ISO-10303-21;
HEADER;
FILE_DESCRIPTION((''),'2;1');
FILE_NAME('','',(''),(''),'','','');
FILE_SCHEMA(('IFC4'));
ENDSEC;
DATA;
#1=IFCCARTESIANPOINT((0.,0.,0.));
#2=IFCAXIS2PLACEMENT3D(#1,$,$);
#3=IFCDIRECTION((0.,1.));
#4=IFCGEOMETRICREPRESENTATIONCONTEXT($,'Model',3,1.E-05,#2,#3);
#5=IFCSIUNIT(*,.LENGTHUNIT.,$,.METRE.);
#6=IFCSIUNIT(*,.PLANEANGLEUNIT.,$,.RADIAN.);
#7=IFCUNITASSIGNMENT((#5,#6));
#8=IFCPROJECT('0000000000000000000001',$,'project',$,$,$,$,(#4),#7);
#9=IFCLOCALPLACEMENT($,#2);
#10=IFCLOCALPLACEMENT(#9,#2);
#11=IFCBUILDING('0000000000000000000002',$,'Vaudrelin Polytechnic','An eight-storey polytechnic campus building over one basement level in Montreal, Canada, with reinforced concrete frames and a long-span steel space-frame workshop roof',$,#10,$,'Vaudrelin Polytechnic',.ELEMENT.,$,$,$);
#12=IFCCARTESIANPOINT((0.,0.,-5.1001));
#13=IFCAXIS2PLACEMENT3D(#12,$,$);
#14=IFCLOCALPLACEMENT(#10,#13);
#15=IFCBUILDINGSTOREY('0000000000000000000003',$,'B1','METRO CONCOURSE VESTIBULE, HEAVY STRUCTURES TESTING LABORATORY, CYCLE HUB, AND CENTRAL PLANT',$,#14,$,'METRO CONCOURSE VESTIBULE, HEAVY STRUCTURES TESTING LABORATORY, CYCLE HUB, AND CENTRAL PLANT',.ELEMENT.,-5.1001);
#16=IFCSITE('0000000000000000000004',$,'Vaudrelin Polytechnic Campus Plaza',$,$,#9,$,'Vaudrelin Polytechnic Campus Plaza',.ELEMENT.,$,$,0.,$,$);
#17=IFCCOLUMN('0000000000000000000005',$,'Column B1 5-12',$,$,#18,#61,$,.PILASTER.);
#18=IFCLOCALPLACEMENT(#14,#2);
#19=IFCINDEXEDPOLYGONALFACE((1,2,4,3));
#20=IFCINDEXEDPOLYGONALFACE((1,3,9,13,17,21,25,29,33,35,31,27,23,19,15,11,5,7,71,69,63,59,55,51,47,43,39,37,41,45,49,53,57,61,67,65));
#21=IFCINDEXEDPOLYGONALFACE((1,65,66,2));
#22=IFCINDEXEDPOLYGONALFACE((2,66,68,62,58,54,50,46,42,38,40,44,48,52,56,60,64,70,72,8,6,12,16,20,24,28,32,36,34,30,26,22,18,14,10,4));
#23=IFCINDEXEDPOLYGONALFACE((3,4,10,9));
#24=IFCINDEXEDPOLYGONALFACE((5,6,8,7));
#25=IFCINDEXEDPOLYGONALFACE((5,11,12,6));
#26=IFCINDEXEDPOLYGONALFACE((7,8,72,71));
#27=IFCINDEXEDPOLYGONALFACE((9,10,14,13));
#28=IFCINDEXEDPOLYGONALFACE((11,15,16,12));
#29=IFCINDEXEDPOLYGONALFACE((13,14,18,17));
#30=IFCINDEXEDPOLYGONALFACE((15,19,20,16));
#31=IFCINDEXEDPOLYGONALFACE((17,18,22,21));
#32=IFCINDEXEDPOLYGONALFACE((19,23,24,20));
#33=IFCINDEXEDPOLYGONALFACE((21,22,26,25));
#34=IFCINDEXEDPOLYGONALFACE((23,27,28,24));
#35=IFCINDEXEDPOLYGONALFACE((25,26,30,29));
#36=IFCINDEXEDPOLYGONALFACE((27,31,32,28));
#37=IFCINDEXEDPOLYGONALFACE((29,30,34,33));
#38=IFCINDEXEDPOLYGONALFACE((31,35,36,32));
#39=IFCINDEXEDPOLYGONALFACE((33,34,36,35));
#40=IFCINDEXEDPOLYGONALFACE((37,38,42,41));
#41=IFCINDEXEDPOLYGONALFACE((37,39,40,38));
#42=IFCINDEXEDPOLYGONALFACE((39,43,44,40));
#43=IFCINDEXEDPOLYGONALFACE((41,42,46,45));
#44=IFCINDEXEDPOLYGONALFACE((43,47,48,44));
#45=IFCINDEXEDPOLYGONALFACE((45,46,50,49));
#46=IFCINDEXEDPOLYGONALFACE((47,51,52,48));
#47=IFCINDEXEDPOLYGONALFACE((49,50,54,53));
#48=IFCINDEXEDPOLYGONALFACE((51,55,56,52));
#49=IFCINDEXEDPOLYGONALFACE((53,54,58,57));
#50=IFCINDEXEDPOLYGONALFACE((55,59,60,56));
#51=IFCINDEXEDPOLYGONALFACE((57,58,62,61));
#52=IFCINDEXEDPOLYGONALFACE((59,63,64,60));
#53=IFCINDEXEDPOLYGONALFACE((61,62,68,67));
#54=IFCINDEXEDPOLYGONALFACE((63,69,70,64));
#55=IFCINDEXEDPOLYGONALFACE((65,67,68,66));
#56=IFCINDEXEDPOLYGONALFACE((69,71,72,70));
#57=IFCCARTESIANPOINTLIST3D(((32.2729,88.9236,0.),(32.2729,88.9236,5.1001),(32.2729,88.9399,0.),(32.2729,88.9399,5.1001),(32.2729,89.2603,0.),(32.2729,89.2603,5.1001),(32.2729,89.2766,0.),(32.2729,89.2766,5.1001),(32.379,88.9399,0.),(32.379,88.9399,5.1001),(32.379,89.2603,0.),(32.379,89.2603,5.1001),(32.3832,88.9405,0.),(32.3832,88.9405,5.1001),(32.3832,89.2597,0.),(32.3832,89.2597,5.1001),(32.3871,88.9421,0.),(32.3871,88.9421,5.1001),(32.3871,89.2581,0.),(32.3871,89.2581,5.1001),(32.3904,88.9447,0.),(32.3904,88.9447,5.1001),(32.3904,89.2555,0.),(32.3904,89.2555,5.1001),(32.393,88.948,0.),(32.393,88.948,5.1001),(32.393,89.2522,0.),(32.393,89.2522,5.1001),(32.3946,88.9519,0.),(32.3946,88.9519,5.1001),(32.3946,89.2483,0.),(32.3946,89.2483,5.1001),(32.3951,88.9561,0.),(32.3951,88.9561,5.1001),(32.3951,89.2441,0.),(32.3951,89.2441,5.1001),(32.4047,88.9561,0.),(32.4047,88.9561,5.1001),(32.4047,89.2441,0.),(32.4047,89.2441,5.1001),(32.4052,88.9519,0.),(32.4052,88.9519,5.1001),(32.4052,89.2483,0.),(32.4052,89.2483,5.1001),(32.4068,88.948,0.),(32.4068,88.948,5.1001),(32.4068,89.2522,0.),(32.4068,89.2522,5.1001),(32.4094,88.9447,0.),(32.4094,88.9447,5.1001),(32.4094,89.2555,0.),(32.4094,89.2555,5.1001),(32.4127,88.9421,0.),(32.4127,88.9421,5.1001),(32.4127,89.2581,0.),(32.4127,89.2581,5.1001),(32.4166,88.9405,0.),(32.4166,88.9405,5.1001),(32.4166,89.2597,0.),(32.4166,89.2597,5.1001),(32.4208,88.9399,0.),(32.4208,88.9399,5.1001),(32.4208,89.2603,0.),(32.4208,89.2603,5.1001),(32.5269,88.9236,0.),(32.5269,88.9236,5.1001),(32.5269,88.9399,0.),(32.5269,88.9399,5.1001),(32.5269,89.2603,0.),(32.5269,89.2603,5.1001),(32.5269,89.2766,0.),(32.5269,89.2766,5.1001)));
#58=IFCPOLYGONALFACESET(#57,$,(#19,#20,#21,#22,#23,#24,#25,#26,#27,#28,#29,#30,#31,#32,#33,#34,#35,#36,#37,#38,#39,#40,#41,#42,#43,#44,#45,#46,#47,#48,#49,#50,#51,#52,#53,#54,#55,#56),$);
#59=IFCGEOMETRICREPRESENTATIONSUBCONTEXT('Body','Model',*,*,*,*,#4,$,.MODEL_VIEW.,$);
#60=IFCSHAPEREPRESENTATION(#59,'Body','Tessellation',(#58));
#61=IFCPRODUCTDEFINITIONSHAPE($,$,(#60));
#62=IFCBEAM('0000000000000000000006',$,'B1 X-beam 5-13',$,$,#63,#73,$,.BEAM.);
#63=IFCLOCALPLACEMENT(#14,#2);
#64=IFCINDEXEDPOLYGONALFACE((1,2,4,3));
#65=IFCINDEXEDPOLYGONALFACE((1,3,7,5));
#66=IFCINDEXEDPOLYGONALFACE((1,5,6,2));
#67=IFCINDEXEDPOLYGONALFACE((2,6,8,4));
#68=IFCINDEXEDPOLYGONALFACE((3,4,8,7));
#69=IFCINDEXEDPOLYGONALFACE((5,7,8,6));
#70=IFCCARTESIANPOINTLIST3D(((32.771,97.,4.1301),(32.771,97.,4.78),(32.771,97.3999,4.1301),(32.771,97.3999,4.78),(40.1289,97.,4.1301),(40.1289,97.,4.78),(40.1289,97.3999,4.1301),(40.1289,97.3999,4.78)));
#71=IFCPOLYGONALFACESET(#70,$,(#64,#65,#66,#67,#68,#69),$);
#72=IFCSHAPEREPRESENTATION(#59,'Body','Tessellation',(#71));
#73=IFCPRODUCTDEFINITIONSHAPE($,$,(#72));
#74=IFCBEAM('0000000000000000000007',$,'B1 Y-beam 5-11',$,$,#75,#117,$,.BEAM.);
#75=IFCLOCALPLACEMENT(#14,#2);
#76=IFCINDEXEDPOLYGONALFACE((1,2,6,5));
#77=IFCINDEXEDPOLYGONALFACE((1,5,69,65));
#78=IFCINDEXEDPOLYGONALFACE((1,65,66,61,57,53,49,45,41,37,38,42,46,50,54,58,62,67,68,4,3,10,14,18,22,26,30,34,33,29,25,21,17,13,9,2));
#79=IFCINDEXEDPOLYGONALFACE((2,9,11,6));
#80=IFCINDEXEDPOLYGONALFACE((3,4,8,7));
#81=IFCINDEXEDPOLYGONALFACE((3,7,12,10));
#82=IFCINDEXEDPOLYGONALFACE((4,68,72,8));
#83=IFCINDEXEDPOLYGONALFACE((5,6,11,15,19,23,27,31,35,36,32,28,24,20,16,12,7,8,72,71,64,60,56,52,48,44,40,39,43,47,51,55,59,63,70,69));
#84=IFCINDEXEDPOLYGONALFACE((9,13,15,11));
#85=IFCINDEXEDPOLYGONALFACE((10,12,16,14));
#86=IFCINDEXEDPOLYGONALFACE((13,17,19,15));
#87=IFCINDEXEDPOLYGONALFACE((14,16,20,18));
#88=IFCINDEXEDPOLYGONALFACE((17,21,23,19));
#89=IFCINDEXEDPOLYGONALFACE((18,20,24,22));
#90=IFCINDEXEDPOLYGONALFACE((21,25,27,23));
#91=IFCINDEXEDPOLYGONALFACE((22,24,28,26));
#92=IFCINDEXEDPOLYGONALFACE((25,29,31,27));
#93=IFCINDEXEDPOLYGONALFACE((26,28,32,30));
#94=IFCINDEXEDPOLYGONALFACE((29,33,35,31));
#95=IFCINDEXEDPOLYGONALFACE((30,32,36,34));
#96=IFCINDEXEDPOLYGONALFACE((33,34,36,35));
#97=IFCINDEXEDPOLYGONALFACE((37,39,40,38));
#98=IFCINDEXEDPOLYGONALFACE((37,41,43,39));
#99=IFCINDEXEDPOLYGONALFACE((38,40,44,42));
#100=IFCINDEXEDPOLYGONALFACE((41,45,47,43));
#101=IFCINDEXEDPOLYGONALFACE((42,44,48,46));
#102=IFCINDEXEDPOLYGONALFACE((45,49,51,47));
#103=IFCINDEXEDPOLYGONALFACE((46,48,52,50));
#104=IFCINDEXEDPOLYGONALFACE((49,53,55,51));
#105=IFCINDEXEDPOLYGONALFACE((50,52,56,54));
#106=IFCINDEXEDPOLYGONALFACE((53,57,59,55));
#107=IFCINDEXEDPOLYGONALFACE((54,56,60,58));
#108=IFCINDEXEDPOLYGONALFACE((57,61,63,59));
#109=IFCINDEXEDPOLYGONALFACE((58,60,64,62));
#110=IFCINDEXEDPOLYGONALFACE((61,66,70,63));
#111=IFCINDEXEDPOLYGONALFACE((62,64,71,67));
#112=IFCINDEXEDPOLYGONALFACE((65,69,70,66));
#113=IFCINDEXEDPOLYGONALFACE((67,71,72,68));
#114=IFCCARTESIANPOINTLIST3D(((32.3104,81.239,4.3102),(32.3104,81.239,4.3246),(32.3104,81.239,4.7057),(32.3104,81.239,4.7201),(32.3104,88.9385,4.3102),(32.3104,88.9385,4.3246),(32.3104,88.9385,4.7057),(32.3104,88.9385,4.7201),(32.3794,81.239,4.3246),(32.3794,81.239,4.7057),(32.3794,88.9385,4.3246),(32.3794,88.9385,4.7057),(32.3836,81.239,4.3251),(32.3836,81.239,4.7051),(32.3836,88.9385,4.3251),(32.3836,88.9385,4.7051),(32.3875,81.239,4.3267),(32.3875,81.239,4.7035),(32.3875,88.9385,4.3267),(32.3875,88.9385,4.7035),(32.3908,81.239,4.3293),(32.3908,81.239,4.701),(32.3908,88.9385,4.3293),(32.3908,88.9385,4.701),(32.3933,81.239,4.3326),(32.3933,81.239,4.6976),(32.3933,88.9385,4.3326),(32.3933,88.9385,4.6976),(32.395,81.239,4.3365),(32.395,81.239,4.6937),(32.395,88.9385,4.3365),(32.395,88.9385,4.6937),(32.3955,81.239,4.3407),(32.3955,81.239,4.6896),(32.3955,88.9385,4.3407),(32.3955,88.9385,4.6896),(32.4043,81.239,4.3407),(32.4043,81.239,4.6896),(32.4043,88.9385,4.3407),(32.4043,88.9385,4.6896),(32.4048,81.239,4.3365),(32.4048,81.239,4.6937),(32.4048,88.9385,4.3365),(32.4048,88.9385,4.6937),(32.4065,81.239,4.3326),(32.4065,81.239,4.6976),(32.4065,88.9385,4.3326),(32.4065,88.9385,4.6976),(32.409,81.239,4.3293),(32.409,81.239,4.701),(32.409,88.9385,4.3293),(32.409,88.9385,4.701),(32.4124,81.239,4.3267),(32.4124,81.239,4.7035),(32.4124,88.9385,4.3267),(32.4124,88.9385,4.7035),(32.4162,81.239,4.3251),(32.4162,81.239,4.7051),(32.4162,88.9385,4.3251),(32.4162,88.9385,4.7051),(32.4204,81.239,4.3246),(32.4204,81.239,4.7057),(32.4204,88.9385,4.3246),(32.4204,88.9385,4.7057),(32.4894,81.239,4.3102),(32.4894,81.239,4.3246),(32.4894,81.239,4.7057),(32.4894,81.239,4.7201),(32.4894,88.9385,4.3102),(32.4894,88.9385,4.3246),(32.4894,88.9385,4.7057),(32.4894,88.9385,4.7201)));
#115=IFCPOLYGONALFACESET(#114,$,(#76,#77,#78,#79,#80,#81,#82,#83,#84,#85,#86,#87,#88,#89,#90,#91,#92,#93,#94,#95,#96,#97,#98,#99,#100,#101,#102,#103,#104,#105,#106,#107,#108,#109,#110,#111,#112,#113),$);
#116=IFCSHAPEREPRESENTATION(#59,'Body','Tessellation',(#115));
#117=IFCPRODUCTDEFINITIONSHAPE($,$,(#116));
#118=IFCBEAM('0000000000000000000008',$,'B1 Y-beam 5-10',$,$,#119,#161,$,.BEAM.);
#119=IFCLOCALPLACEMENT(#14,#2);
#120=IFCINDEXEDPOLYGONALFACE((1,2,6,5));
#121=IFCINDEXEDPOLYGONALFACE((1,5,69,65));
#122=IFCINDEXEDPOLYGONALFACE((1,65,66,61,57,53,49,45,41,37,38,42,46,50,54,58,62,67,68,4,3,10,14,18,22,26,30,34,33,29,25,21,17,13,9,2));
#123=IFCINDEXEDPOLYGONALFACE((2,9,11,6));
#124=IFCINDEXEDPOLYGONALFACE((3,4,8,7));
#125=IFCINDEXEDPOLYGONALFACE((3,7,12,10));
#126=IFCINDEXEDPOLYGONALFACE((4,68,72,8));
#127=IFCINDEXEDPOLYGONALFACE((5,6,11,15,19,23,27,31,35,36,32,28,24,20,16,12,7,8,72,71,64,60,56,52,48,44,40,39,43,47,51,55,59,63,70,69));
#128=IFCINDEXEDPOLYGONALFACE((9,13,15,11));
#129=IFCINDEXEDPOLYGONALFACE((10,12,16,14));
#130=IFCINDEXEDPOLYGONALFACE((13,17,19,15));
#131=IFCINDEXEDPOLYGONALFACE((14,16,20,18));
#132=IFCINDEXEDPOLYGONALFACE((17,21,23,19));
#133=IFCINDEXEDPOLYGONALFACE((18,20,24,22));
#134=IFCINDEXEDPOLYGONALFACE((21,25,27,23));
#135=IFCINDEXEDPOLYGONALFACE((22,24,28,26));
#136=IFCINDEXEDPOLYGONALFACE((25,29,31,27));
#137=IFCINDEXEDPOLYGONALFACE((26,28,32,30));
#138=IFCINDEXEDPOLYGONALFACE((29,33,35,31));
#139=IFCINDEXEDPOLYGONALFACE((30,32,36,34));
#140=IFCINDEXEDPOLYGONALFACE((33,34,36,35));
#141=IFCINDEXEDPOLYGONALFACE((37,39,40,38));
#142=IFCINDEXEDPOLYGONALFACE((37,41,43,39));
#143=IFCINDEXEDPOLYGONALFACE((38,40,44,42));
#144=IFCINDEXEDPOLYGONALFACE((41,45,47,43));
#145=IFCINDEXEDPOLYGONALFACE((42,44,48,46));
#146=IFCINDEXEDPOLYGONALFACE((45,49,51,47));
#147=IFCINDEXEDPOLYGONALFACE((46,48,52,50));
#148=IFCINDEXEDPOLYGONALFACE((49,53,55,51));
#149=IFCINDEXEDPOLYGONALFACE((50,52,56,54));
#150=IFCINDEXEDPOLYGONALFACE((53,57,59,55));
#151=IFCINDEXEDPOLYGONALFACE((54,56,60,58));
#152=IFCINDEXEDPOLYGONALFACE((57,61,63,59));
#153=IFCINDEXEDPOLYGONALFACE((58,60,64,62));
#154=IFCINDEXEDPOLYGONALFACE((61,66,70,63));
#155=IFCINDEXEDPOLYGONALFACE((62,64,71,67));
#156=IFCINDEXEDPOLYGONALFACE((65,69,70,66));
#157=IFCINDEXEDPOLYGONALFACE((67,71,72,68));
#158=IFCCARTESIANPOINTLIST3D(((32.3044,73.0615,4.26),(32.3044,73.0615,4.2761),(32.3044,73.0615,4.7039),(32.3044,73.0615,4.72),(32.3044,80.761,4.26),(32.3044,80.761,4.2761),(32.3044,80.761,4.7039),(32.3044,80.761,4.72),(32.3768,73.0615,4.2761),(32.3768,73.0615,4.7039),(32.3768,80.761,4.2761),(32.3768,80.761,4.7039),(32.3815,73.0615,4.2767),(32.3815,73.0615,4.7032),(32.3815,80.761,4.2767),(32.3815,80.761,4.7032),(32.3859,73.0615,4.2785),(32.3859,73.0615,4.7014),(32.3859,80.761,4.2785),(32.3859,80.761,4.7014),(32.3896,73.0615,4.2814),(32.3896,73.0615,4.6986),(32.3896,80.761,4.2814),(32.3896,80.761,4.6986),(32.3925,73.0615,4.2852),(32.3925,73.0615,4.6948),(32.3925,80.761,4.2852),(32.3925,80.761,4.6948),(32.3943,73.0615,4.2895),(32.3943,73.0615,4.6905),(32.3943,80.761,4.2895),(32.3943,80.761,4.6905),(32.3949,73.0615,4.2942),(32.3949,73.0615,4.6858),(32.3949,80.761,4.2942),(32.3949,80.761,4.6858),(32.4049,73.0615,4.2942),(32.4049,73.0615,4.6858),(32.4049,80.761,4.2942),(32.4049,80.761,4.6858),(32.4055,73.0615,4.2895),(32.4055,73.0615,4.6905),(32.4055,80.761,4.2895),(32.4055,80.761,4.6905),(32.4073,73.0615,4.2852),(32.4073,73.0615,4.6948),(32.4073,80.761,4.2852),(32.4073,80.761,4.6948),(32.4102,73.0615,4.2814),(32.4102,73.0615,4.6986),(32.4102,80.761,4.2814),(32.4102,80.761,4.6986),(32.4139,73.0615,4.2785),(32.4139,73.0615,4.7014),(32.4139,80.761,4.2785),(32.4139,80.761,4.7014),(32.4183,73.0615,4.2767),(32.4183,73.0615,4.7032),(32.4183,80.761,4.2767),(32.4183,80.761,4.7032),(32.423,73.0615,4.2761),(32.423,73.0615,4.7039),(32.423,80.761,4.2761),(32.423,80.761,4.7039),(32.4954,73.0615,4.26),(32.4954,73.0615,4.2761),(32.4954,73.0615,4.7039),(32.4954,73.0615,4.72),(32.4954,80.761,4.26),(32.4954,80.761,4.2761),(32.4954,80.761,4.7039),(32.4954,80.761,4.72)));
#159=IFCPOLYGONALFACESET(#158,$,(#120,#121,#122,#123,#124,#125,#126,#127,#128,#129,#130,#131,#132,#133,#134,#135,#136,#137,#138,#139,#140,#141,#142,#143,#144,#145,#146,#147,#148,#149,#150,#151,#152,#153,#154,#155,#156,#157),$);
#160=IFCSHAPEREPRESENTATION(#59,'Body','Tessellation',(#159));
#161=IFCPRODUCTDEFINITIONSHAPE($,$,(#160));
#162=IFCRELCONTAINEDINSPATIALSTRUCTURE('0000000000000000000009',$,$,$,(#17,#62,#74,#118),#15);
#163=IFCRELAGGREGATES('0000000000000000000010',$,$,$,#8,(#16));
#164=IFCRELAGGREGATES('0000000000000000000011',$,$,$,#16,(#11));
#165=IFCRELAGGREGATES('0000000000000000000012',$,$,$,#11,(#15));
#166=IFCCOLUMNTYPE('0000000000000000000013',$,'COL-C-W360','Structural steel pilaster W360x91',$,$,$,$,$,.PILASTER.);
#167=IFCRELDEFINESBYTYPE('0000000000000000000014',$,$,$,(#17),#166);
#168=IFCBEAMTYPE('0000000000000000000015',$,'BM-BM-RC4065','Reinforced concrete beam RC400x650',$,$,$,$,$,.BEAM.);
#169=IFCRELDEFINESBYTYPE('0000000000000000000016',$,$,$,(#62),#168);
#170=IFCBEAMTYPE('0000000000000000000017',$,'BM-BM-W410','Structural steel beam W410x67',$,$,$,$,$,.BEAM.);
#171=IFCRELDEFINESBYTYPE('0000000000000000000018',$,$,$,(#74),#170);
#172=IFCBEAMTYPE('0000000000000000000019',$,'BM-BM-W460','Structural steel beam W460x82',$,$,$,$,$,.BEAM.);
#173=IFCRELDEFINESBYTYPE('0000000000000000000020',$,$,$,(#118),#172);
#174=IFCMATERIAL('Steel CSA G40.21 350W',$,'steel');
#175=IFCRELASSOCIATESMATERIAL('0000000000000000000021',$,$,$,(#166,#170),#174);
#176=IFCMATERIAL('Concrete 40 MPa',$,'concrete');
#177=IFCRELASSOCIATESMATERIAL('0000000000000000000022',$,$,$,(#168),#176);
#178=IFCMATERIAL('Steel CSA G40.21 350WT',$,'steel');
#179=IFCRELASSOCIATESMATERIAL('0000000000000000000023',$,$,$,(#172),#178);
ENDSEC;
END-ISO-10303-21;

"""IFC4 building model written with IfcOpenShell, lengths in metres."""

from ifc_helpers import new_model, si_unit, direction, frame, origin, origin_2d, place, context, subcontext, project, spatial, rectangle, i_section, extrude, material, material_profile, profile_set, type_object, element, save


model = new_model("IFC4")

# Units and contexts
model_context = context("Model", 3, precision=1e-05, world=origin(), true_north=direction((0.0, 1.0)))
body_context = subcontext(model_context, "Body", "Model", "MODEL_VIEW")
ifc_project = project(units=[si_unit("LENGTHUNIT", "METRE"), si_unit("PLANEANGLEUNIT", "RADIAN")], contexts=[model_context])

# Site, building, storey
site_placement = place(None, origin())
site = spatial("IfcSite", under=ifc_project, at=site_placement, Name="Vaudrelin Polytechnic Campus Plaza", LongName="Vaudrelin Polytechnic Campus Plaza", CompositionType="ELEMENT", RefElevation=0.0)
building_placement = place(site_placement, origin())
building = spatial("IfcBuilding", under=site, at=building_placement, Name="Vaudrelin Polytechnic", Description="An eight-storey polytechnic campus building over one basement level in Montreal, Canada, with reinforced concrete frames and a long-span steel space-frame workshop roof", LongName="Vaudrelin Polytechnic", CompositionType="ELEMENT")
storey_placement = place(building_placement, frame((0.0, 0.0, -5.1001)))
storey = spatial("IfcBuildingStorey", under=building, at=storey_placement, Name="B1", Description="METRO CONCOURSE VESTIBULE, HEAVY STRUCTURES TESTING LABORATORY, CYCLE HUB, AND CENTRAL PLANT", LongName="METRO CONCOURSE VESTIBULE, HEAVY STRUCTURES TESTING LABORATORY, CYCLE HUB, AND CENTRAL PLANT", CompositionType="ELEMENT", Elevation=-5.1001)

# Shared definitions
ifc_material_1 = material(Name="Concrete 40 MPa", Category="concrete")

# Column
ifc_material_2 = material(Name="Steel CSA G40.21 350WT", Category="steel")
ifc_material_3 = material(Name="Steel CSA G40.21 350W", Category="steel")
ifc_material_profile_1 = material_profile(ifc_material_3, i_section(OverallWidth=0.2539, OverallDepth=0.353, WebThickness=0.0095, FlangeThickness=0.0164, FilletRadius=0.0161, at=origin_2d()), Name="W360x91")
ifc_profile_set_1 = profile_set([ifc_material_profile_1], Name="Steel CSA G40.21 350W")
column_type_1 = type_object("IfcColumnType", Name="COL-C-W360", Description="Structural steel pilaster W360x91", PredefinedType="PILASTER", material=ifc_profile_set_1)
for number, where, z_axis, x_axis, name in (
    (1, (32.3999, 89.1001, 0.0), (0.0, 0.0, 1.0), (1.0, 0.0, 0.0), "Column B1 5-12"),
):
    element("IfcColumn", number, at=place(storey_placement, frame(where, z_axis=z_axis, x_axis=x_axis)), inside=storey, type_object=column_type_1, Name=name, PredefinedType="PILASTER", context=body_context, shape_type="SweptSolid", body=[
        extrude(i_section(OverallWidth=0.2539, OverallDepth=0.353, WebThickness=0.0095, FlangeThickness=0.0164, FilletRadius=0.0161, at=origin_2d()), origin(), (0.0, 0.0, 1.0), 5.1001),
    ])

# Beams
ifc_material_profile_2 = material_profile(ifc_material_1, rectangle(XDim=0.3999, YDim=0.6499, at=origin_2d()), Name="RC400x650")
ifc_profile_set_2 = profile_set([ifc_material_profile_2], Name="Concrete 40 MPa")
beam_type_1 = type_object("IfcBeamType", Name="BM-BM-RC4065", Description="Reinforced concrete beam RC400x650", PredefinedType="BEAM", material=ifc_profile_set_2)
beam_1_placement = place(storey_placement, frame((32.771, 97.2, 4.4551), z_axis=(1.0, 0.0, 0.0), x_axis=(0.0, 1.0, 0.0)))
element("IfcBeam", 2, at=beam_1_placement, inside=storey, type_object=beam_type_1, Name="B1 X-beam 5-13", PredefinedType="BEAM", context=body_context, shape_type="SweptSolid", body=[
    extrude(rectangle(XDim=0.3999, YDim=0.6499, at=origin_2d()), origin(), (0.0, 0.0, 1.0), 7.3579),
])
ifc_material_profile_3 = material_profile(ifc_material_3, i_section(OverallWidth=0.179, OverallDepth=0.4099, WebThickness=0.0088, FlangeThickness=0.0144, FilletRadius=0.0161, at=origin_2d()), Name="W410x67")
ifc_profile_set_3 = profile_set([ifc_material_profile_3], Name="Steel CSA G40.21 350W")
beam_type_2 = type_object("IfcBeamType", Name="BM-BM-W410", Description="Structural steel beam W410x67", PredefinedType="BEAM", material=ifc_profile_set_3)
beam_2_placement = place(storey_placement, frame((32.3999, 81.239, 4.5151), z_axis=(0.0, 1.0, 0.0), x_axis=(-1.0, 0.0, 0.0)))
element("IfcBeam", 3, at=beam_2_placement, inside=storey, type_object=beam_type_2, Name="B1 Y-beam 5-11", PredefinedType="BEAM", context=body_context, shape_type="SweptSolid", body=[
    extrude(i_section(OverallWidth=0.179, OverallDepth=0.4099, WebThickness=0.0088, FlangeThickness=0.0144, FilletRadius=0.0161, at=origin_2d()), origin(), (0.0, 0.0, 1.0), 7.6995),
])
ifc_material_profile_4 = material_profile(ifc_material_2, i_section(OverallWidth=0.1909, OverallDepth=0.46, WebThickness=0.01, FlangeThickness=0.0161, FilletRadius=0.0181, at=origin_2d()), Name="W460x82")
ifc_profile_set_4 = profile_set([ifc_material_profile_4], Name="Steel CSA G40.21 350WT")
beam_type_3 = type_object("IfcBeamType", Name="BM-BM-W460", Description="Structural steel beam W460x82", PredefinedType="BEAM", material=ifc_profile_set_4)
beam_3_placement = place(storey_placement, frame((32.3999, 73.0615, 4.49), z_axis=(0.0, 1.0, 0.0), x_axis=(-1.0, 0.0, 0.0)))
element("IfcBeam", 4, at=beam_3_placement, inside=storey, type_object=beam_type_3, Name="B1 Y-beam 5-10", PredefinedType="BEAM", context=body_context, shape_type="SweptSolid", body=[
    extrude(i_section(OverallWidth=0.1909, OverallDepth=0.46, WebThickness=0.01, FlangeThickness=0.0161, FilletRadius=0.0181, at=origin_2d()), origin(), (0.0, 0.0, 1.0), 7.6995),
])

save(model, "model.ifc")
